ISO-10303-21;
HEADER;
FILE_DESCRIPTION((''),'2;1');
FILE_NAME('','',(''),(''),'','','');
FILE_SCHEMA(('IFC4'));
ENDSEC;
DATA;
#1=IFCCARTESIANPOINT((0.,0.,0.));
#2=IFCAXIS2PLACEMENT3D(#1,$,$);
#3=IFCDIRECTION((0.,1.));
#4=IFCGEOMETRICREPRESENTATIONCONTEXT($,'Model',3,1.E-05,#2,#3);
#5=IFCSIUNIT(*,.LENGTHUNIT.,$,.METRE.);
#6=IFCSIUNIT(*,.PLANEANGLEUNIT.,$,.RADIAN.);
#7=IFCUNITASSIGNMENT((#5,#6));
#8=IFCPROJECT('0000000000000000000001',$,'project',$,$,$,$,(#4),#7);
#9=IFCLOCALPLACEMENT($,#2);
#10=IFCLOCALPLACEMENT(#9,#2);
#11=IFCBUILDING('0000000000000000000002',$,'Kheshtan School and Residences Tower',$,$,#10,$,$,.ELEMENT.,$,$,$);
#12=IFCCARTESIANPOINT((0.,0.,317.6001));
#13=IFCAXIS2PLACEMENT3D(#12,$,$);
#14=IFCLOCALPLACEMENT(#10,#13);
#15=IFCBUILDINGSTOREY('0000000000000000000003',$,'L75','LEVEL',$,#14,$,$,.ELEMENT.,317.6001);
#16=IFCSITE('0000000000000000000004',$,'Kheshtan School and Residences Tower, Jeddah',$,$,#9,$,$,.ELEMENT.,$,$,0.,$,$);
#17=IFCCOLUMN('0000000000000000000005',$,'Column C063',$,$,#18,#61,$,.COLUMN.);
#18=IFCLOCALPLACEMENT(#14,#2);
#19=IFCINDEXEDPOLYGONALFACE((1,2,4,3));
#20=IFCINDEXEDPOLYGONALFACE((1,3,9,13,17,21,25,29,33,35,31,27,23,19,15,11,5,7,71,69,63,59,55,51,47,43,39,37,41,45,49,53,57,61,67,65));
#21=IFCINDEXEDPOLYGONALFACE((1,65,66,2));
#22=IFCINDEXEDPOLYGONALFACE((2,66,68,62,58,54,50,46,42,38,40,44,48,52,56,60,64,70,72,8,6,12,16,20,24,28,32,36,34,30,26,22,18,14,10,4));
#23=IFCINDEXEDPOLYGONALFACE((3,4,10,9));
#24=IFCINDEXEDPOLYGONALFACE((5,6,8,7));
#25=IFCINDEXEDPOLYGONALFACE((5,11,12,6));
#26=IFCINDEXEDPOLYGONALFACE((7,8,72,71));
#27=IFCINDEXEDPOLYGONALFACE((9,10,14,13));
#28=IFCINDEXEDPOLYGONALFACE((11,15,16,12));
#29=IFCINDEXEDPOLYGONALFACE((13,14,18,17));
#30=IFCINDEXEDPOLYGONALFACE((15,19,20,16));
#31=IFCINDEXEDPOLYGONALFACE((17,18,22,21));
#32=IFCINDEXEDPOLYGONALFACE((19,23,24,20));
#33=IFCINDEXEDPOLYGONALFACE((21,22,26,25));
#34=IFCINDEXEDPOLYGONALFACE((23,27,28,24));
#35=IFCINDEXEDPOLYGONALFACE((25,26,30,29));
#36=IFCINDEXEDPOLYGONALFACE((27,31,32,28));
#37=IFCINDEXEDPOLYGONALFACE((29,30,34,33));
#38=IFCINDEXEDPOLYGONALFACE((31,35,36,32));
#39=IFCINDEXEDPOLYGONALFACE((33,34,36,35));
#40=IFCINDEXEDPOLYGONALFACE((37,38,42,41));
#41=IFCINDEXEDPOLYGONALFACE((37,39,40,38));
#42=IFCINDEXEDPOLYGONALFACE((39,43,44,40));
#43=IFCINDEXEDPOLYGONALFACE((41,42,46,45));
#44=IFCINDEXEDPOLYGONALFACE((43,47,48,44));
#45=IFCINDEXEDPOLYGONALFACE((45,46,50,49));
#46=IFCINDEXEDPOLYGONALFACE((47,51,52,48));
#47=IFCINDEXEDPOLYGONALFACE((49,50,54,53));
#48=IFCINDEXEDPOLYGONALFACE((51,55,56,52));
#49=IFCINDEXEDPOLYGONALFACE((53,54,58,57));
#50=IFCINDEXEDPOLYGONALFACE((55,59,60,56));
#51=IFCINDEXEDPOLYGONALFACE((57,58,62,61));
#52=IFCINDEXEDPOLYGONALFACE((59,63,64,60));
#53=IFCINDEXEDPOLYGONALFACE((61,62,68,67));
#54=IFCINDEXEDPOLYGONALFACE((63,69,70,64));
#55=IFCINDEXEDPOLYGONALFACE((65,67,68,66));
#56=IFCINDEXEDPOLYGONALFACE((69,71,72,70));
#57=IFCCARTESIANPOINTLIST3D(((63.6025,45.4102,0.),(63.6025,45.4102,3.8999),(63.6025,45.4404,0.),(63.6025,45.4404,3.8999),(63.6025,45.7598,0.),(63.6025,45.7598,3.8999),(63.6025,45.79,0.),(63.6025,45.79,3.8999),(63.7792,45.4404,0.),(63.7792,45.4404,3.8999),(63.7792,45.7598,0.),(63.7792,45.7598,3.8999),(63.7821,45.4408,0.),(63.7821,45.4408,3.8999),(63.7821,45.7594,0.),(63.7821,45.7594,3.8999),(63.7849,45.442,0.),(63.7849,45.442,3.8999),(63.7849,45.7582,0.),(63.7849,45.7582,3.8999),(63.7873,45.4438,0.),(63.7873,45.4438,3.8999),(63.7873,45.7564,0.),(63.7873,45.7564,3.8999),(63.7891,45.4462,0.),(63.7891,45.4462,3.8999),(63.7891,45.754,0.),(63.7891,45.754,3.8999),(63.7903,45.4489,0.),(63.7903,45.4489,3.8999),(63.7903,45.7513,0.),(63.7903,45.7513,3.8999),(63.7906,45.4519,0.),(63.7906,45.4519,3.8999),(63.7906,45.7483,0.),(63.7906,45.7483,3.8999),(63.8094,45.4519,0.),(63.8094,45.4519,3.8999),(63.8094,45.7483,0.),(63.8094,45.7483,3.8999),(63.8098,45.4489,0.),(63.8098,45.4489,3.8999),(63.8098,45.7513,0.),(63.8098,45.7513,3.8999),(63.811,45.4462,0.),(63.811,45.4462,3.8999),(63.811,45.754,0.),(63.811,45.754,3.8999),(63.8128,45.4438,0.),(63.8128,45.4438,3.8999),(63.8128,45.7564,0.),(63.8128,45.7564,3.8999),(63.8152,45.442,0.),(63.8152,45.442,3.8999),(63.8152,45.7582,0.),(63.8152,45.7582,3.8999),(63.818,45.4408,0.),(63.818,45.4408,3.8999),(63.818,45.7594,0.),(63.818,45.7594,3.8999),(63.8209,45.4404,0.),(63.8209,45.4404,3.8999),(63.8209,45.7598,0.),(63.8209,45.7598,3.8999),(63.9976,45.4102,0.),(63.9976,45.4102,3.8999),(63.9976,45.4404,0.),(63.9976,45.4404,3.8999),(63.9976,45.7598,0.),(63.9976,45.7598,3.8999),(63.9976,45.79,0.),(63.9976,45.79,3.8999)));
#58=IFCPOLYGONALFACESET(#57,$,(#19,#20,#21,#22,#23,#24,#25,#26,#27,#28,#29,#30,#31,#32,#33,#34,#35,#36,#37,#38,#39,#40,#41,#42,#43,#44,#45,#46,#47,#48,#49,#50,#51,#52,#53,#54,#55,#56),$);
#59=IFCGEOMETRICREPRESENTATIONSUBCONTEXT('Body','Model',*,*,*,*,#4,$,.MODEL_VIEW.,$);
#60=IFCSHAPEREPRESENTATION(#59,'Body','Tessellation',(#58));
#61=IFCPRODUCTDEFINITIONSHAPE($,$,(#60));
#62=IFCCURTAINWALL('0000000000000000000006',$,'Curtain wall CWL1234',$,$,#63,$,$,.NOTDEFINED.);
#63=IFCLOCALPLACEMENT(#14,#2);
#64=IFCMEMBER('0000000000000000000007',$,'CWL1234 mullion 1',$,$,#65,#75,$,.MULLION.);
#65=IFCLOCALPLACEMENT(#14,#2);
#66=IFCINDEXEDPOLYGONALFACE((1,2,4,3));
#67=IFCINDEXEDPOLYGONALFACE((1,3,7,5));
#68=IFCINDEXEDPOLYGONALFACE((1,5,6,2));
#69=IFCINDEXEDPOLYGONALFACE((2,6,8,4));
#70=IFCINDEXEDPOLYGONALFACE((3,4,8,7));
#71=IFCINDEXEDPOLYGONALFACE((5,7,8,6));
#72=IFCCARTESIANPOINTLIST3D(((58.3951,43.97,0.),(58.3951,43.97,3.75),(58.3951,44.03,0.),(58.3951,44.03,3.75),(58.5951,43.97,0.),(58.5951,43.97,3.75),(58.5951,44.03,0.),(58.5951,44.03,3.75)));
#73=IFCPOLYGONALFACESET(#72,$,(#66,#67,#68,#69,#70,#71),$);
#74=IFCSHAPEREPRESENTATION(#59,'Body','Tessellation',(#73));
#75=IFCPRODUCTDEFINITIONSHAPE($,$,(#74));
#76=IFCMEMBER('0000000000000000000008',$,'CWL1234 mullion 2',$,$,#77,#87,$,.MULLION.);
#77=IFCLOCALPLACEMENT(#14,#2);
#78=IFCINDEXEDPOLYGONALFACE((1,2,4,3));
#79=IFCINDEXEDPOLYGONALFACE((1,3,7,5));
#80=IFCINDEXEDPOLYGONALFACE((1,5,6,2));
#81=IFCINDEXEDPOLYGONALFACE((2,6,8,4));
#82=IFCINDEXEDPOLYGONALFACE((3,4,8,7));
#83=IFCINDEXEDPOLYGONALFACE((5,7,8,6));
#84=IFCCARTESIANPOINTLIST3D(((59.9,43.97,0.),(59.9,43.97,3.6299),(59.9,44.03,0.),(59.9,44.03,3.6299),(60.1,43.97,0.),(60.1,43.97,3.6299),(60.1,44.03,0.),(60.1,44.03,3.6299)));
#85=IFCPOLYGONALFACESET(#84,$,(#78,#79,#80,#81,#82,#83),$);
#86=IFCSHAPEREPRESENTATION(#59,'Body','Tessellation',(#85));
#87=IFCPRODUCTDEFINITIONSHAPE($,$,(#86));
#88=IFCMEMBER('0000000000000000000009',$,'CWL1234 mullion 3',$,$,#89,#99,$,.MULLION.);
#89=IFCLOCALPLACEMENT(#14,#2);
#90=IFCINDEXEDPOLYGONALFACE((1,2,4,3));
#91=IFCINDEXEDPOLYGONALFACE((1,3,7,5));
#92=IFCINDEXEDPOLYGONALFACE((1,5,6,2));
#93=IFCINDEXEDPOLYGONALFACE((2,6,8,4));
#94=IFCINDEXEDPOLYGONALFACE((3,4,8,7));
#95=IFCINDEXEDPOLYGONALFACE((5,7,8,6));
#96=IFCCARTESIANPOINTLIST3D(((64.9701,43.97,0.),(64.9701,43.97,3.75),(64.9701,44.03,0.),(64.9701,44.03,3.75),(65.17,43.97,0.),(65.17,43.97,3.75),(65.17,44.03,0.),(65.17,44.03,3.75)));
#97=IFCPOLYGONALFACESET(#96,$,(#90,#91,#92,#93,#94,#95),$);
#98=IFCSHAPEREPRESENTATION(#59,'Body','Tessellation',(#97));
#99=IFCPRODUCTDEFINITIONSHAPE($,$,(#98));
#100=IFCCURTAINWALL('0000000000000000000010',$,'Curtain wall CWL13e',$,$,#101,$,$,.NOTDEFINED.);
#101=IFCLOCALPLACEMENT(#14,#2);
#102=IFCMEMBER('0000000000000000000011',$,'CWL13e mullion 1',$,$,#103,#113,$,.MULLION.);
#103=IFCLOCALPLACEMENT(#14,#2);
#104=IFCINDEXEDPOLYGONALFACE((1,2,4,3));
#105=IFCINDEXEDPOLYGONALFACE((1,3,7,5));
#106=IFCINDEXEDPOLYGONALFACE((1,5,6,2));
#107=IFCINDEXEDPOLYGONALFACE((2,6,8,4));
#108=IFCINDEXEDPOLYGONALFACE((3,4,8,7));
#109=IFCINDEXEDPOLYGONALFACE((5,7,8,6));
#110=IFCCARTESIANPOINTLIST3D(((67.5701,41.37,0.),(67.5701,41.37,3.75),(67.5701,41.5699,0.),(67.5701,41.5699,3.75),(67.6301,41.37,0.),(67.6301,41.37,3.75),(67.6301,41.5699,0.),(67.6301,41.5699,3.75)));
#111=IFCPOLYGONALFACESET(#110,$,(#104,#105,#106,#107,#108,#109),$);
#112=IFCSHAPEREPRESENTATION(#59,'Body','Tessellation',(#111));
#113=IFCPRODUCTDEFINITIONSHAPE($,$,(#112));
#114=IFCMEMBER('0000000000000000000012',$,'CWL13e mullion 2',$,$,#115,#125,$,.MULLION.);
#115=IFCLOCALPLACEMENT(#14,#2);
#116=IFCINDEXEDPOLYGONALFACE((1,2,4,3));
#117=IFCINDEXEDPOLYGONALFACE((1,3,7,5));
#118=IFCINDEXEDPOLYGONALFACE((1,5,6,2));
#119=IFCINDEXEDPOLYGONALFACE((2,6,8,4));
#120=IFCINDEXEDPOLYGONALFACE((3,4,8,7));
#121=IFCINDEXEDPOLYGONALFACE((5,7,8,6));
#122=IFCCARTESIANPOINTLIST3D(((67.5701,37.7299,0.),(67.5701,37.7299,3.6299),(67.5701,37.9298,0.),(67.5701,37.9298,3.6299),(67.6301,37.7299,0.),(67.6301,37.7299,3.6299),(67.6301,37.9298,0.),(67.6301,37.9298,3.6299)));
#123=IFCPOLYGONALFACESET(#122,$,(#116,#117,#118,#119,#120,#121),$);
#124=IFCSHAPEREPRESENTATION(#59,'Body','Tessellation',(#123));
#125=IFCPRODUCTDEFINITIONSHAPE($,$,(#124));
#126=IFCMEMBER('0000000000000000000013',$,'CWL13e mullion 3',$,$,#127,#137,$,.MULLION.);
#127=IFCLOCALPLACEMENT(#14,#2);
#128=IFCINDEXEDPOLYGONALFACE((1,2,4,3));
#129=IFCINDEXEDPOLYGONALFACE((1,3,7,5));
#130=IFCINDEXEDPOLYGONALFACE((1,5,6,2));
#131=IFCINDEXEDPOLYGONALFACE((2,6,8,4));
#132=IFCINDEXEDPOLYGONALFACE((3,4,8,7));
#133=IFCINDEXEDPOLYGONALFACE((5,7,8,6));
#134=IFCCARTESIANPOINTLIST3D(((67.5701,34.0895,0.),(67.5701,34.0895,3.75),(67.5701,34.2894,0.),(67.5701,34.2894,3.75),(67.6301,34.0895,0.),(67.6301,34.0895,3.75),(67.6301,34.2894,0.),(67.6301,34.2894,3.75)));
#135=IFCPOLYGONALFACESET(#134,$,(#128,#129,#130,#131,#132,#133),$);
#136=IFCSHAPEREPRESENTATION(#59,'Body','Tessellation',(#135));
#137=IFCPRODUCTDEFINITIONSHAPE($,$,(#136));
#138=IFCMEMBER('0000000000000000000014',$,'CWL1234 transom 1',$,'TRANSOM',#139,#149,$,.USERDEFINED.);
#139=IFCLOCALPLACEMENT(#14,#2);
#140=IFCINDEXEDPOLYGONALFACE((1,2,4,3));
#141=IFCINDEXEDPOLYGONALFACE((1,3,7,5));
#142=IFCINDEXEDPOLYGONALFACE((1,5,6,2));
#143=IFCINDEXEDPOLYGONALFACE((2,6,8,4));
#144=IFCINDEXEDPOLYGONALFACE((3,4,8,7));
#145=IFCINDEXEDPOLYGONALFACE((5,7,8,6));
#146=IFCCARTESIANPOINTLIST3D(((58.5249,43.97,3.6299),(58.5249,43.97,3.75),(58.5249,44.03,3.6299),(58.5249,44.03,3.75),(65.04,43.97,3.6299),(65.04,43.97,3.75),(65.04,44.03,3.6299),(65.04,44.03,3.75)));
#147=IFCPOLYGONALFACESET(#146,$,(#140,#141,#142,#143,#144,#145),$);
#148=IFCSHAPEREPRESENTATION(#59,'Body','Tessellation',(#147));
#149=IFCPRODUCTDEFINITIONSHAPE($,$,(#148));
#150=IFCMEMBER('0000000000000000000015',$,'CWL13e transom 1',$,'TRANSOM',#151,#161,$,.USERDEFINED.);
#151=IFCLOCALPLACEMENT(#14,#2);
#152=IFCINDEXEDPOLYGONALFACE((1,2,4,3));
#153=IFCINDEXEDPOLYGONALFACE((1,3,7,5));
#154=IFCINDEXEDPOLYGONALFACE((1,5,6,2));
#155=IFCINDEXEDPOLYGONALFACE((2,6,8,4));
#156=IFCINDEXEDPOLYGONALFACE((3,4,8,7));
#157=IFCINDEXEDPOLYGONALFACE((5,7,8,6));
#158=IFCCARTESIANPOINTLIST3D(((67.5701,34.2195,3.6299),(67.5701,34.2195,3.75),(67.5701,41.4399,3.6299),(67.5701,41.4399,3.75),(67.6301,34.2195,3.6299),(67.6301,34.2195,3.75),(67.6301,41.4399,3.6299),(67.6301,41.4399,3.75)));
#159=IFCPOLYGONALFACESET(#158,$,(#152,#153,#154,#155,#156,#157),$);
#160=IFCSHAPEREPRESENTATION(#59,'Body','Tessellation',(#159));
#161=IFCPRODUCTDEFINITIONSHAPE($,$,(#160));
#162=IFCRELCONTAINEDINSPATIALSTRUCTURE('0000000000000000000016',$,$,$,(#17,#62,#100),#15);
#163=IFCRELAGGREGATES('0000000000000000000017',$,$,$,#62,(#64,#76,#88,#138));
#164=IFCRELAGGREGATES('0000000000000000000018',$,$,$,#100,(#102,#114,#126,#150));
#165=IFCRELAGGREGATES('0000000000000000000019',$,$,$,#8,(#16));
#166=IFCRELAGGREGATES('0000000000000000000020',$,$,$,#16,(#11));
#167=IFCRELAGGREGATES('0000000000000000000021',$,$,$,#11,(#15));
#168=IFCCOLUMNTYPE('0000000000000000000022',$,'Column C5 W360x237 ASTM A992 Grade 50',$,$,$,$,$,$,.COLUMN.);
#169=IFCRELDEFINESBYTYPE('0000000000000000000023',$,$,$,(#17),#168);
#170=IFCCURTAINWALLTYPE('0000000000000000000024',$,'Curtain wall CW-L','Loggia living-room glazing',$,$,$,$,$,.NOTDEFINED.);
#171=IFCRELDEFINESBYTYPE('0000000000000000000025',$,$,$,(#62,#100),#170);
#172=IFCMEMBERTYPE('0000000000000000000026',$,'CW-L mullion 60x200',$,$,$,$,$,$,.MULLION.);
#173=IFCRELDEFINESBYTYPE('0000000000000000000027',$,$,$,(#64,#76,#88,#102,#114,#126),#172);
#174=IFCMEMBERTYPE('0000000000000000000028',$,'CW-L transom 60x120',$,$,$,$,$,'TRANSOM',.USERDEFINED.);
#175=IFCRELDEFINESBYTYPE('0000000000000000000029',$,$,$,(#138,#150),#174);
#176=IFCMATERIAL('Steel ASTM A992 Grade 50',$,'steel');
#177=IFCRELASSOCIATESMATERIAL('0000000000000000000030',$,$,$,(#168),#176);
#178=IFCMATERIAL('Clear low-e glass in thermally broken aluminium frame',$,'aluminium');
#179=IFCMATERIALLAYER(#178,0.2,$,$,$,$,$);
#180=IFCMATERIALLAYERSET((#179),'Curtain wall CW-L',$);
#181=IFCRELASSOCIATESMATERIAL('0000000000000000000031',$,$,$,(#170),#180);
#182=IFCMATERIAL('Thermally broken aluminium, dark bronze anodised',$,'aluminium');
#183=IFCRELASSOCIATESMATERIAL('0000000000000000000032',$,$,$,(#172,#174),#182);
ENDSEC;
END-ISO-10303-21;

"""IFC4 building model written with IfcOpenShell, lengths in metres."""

from ifc_helpers import new_model, si_unit, direction, frame, origin, origin_2d, place, context, subcontext, project, spatial, rectangle, i_section, extrude, material, layer, layer_set, material_profile, profile_set, type_object, element, aggregate, save


model = new_model("IFC4")

# Units and contexts
model_context = context("Model", 3, precision=1e-05, world=origin(), true_north=direction((0.0, 1.0)))
body_context = subcontext(model_context, "Body", "Model", "MODEL_VIEW")
ifc_project = project(units=[si_unit("LENGTHUNIT", "METRE"), si_unit("PLANEANGLEUNIT", "RADIAN")], contexts=[model_context])

# Site, building, storey
site_placement = place(None, origin())
site = spatial("IfcSite", under=ifc_project, at=site_placement, Name="Kheshtan School and Residences Tower, Jeddah", CompositionType="ELEMENT", RefElevation=0.0)
building_placement = place(site_placement, origin())
building = spatial("IfcBuilding", under=site, at=building_placement, Name="Kheshtan School and Residences Tower", CompositionType="ELEMENT")
storey_placement = place(building_placement, frame((0.0, 0.0, 317.6001)))
storey = spatial("IfcBuildingStorey", under=building, at=storey_placement, Name="L75", Description="LEVEL", CompositionType="ELEMENT", Elevation=317.6001)

# Column
ifc_material_1 = material(Name="Steel ASTM A992 Grade 50", Category="steel")
ifc_material_profile_1 = material_profile(ifc_material_1, i_section(OverallWidth=0.395, OverallDepth=0.3799, WebThickness=0.0188, FlangeThickness=0.0303, FilletRadius=0.0115, at=origin_2d()), Name="W360x237")
ifc_profile_set_1 = profile_set([ifc_material_profile_1], Name="Steel ASTM A992 Grade 50")
column_type = type_object("IfcColumnType", Name="Column C5 W360x237 ASTM A992 Grade 50", PredefinedType="COLUMN", material=ifc_profile_set_1)
column_placement = place(storey_placement, frame((63.8, 45.6001, 0.0), z_axis=(0.0, 0.0, 1.0), x_axis=(1.0, 0.0, 0.0)))
element("IfcColumn", 1, at=column_placement, inside=storey, type_object=column_type, Name="Column C063", PredefinedType="COLUMN", context=body_context, shape_type="SweptSolid", body=[
    extrude(i_section(OverallWidth=0.395, OverallDepth=0.3799, WebThickness=0.0188, FlangeThickness=0.0303, FilletRadius=0.0115, at=origin_2d()), origin(), (0.0, 0.0, 1.0), 3.8999),
])

# Curtain walls, members
ifc_material_2 = material(Name="Clear low-e glass in thermally broken aluminium frame", Category="aluminium")
ifc_layer_1 = layer(ifc_material_2, 0.2)
ifc_layer_set_1 = layer_set([ifc_layer_1], Name="Curtain wall CW-L")
curtain_wall_type = type_object("IfcCurtainWallType", Name="Curtain wall CW-L", Description="Loggia living-room glazing", PredefinedType="NOTDEFINED", material=ifc_layer_set_1)
curtain_wall_1_placement = place(storey_placement, origin())
curtain_wall_1 = element("IfcCurtainWall", 2, at=curtain_wall_1_placement, inside=storey, type_object=curtain_wall_type, Name="Curtain wall CWL1234", PredefinedType="NOTDEFINED")
ifc_material_3 = material(Name="Thermally broken aluminium, dark bronze anodised", Category="aluminium")
ifc_material_profile_2 = material_profile(ifc_material_3, rectangle(XDim=0.0601, YDim=0.2, at=origin_2d()), Name="CW-L mullion 60x200")
ifc_profile_set_2 = profile_set([ifc_material_profile_2], Name="Thermally broken aluminium, dark bronze anodised")
member_type_1 = type_object("IfcMemberType", Name="CW-L mullion 60x200", PredefinedType="MULLION", material=ifc_profile_set_2)
member_1_placement = place(storey_placement, frame((58.4951, 44.0, 0.0), z_axis=(0.0, 0.0, 1.0), x_axis=(0.0, 1.0, 0.0)))
member_1 = element("IfcMember", 3, at=member_1_placement, type_object=member_type_1, Name="CWL1234 mullion 1", PredefinedType="MULLION", context=body_context, shape_type="SweptSolid", body=[
    extrude(rectangle(XDim=0.0601, YDim=0.2, at=origin_2d()), origin(), (0.0, 0.0, 1.0), 3.75),
])
member_2_placement = place(storey_placement, frame((60.0, 44.0, 0.0), z_axis=(0.0, 0.0, 1.0), x_axis=(0.0, 1.0, 0.0)))
member_2 = element("IfcMember", 4, at=member_2_placement, type_object=member_type_1, Name="CWL1234 mullion 2", PredefinedType="MULLION", context=body_context, shape_type="SweptSolid", body=[
    extrude(rectangle(XDim=0.0601, YDim=0.2, at=origin_2d()), origin(), (0.0, 0.0, 1.0), 3.6299),
])
member_3_placement = place(storey_placement, frame((65.0701, 44.0, 0.0), z_axis=(0.0, 0.0, 1.0), x_axis=(0.0, 1.0, 0.0)))
member_3 = element("IfcMember", 5, at=member_3_placement, type_object=member_type_1, Name="CWL1234 mullion 3", PredefinedType="MULLION", context=body_context, shape_type="SweptSolid", body=[
    extrude(rectangle(XDim=0.0601, YDim=0.2, at=origin_2d()), origin(), (0.0, 0.0, 1.0), 3.75),
])
curtain_wall_2_placement = place(storey_placement, origin())
curtain_wall_2 = element("IfcCurtainWall", 6, at=curtain_wall_2_placement, inside=storey, type_object=curtain_wall_type, Name="Curtain wall CWL13e", PredefinedType="NOTDEFINED")
member_4_placement = place(storey_placement, frame((67.6001, 41.47, 0.0), z_axis=(0.0, 0.0, 1.0), x_axis=(1.0, 0.0, 0.0)))
member_4 = element("IfcMember", 7, at=member_4_placement, type_object=member_type_1, Name="CWL13e mullion 1", PredefinedType="MULLION", context=body_context, shape_type="SweptSolid", body=[
    extrude(rectangle(XDim=0.0601, YDim=0.2, at=origin_2d()), origin(), (0.0, 0.0, 1.0), 3.75),
])
member_5_placement = place(storey_placement, frame((67.6001, 37.8298, 0.0), z_axis=(0.0, 0.0, 1.0), x_axis=(1.0, 0.0, 0.0)))
member_5 = element("IfcMember", 8, at=member_5_placement, type_object=member_type_1, Name="CWL13e mullion 2", PredefinedType="MULLION", context=body_context, shape_type="SweptSolid", body=[
    extrude(rectangle(XDim=0.0601, YDim=0.2, at=origin_2d()), origin(), (0.0, 0.0, 1.0), 3.6299),
])
member_6_placement = place(storey_placement, frame((67.6001, 34.1895, 0.0), z_axis=(0.0, 0.0, 1.0), x_axis=(1.0, 0.0, 0.0)))
member_6 = element("IfcMember", 9, at=member_6_placement, type_object=member_type_1, Name="CWL13e mullion 3", PredefinedType="MULLION", context=body_context, shape_type="SweptSolid", body=[
    extrude(rectangle(XDim=0.0601, YDim=0.2, at=origin_2d()), origin(), (0.0, 0.0, 1.0), 3.75),
])

# Members
ifc_material_profile_3 = material_profile(ifc_material_3, rectangle(XDim=0.0601, YDim=0.1201, at=origin_2d()), Name="CW-L transom 60x120")
ifc_profile_set_3 = profile_set([ifc_material_profile_3], Name="Thermally broken aluminium, dark bronze anodised")
member_type_2 = type_object("IfcMemberType", Name="CW-L transom 60x120", ElementType="TRANSOM", PredefinedType="USERDEFINED", material=ifc_profile_set_3)
member_7_placement = place(storey_placement, frame((58.5249, 44.0, 3.6899), z_axis=(1.0, 0.0, 0.0), x_axis=(0.0, 1.0, 0.0)))
member_7 = element("IfcMember", 10, at=member_7_placement, type_object=member_type_2, Name="CWL1234 transom 1", ObjectType="TRANSOM", PredefinedType="USERDEFINED", context=body_context, shape_type="SweptSolid", body=[
    extrude(rectangle(XDim=0.0601, YDim=0.1201, at=origin_2d()), origin(), (0.0, 0.0, 1.0), 6.5151),
])
member_8_placement = place(storey_placement, frame((67.6001, 41.4399, 3.6899), z_axis=(0.0, -1.0, 0.0), x_axis=(1.0, 0.0, 0.0)))
member_8 = element("IfcMember", 11, at=member_8_placement, type_object=member_type_2, Name="CWL13e transom 1", ObjectType="TRANSOM", PredefinedType="USERDEFINED", context=body_context, shape_type="SweptSolid", body=[
    extrude(rectangle(XDim=0.0601, YDim=0.1201, at=origin_2d()), origin(), (0.0, 0.0, 1.0), 7.2205),
])

aggregate(curtain_wall_1, [member_1, member_2, member_3, member_7])
aggregate(curtain_wall_2, [member_4, member_5, member_6, member_8])

save(model, "model.ifc")
